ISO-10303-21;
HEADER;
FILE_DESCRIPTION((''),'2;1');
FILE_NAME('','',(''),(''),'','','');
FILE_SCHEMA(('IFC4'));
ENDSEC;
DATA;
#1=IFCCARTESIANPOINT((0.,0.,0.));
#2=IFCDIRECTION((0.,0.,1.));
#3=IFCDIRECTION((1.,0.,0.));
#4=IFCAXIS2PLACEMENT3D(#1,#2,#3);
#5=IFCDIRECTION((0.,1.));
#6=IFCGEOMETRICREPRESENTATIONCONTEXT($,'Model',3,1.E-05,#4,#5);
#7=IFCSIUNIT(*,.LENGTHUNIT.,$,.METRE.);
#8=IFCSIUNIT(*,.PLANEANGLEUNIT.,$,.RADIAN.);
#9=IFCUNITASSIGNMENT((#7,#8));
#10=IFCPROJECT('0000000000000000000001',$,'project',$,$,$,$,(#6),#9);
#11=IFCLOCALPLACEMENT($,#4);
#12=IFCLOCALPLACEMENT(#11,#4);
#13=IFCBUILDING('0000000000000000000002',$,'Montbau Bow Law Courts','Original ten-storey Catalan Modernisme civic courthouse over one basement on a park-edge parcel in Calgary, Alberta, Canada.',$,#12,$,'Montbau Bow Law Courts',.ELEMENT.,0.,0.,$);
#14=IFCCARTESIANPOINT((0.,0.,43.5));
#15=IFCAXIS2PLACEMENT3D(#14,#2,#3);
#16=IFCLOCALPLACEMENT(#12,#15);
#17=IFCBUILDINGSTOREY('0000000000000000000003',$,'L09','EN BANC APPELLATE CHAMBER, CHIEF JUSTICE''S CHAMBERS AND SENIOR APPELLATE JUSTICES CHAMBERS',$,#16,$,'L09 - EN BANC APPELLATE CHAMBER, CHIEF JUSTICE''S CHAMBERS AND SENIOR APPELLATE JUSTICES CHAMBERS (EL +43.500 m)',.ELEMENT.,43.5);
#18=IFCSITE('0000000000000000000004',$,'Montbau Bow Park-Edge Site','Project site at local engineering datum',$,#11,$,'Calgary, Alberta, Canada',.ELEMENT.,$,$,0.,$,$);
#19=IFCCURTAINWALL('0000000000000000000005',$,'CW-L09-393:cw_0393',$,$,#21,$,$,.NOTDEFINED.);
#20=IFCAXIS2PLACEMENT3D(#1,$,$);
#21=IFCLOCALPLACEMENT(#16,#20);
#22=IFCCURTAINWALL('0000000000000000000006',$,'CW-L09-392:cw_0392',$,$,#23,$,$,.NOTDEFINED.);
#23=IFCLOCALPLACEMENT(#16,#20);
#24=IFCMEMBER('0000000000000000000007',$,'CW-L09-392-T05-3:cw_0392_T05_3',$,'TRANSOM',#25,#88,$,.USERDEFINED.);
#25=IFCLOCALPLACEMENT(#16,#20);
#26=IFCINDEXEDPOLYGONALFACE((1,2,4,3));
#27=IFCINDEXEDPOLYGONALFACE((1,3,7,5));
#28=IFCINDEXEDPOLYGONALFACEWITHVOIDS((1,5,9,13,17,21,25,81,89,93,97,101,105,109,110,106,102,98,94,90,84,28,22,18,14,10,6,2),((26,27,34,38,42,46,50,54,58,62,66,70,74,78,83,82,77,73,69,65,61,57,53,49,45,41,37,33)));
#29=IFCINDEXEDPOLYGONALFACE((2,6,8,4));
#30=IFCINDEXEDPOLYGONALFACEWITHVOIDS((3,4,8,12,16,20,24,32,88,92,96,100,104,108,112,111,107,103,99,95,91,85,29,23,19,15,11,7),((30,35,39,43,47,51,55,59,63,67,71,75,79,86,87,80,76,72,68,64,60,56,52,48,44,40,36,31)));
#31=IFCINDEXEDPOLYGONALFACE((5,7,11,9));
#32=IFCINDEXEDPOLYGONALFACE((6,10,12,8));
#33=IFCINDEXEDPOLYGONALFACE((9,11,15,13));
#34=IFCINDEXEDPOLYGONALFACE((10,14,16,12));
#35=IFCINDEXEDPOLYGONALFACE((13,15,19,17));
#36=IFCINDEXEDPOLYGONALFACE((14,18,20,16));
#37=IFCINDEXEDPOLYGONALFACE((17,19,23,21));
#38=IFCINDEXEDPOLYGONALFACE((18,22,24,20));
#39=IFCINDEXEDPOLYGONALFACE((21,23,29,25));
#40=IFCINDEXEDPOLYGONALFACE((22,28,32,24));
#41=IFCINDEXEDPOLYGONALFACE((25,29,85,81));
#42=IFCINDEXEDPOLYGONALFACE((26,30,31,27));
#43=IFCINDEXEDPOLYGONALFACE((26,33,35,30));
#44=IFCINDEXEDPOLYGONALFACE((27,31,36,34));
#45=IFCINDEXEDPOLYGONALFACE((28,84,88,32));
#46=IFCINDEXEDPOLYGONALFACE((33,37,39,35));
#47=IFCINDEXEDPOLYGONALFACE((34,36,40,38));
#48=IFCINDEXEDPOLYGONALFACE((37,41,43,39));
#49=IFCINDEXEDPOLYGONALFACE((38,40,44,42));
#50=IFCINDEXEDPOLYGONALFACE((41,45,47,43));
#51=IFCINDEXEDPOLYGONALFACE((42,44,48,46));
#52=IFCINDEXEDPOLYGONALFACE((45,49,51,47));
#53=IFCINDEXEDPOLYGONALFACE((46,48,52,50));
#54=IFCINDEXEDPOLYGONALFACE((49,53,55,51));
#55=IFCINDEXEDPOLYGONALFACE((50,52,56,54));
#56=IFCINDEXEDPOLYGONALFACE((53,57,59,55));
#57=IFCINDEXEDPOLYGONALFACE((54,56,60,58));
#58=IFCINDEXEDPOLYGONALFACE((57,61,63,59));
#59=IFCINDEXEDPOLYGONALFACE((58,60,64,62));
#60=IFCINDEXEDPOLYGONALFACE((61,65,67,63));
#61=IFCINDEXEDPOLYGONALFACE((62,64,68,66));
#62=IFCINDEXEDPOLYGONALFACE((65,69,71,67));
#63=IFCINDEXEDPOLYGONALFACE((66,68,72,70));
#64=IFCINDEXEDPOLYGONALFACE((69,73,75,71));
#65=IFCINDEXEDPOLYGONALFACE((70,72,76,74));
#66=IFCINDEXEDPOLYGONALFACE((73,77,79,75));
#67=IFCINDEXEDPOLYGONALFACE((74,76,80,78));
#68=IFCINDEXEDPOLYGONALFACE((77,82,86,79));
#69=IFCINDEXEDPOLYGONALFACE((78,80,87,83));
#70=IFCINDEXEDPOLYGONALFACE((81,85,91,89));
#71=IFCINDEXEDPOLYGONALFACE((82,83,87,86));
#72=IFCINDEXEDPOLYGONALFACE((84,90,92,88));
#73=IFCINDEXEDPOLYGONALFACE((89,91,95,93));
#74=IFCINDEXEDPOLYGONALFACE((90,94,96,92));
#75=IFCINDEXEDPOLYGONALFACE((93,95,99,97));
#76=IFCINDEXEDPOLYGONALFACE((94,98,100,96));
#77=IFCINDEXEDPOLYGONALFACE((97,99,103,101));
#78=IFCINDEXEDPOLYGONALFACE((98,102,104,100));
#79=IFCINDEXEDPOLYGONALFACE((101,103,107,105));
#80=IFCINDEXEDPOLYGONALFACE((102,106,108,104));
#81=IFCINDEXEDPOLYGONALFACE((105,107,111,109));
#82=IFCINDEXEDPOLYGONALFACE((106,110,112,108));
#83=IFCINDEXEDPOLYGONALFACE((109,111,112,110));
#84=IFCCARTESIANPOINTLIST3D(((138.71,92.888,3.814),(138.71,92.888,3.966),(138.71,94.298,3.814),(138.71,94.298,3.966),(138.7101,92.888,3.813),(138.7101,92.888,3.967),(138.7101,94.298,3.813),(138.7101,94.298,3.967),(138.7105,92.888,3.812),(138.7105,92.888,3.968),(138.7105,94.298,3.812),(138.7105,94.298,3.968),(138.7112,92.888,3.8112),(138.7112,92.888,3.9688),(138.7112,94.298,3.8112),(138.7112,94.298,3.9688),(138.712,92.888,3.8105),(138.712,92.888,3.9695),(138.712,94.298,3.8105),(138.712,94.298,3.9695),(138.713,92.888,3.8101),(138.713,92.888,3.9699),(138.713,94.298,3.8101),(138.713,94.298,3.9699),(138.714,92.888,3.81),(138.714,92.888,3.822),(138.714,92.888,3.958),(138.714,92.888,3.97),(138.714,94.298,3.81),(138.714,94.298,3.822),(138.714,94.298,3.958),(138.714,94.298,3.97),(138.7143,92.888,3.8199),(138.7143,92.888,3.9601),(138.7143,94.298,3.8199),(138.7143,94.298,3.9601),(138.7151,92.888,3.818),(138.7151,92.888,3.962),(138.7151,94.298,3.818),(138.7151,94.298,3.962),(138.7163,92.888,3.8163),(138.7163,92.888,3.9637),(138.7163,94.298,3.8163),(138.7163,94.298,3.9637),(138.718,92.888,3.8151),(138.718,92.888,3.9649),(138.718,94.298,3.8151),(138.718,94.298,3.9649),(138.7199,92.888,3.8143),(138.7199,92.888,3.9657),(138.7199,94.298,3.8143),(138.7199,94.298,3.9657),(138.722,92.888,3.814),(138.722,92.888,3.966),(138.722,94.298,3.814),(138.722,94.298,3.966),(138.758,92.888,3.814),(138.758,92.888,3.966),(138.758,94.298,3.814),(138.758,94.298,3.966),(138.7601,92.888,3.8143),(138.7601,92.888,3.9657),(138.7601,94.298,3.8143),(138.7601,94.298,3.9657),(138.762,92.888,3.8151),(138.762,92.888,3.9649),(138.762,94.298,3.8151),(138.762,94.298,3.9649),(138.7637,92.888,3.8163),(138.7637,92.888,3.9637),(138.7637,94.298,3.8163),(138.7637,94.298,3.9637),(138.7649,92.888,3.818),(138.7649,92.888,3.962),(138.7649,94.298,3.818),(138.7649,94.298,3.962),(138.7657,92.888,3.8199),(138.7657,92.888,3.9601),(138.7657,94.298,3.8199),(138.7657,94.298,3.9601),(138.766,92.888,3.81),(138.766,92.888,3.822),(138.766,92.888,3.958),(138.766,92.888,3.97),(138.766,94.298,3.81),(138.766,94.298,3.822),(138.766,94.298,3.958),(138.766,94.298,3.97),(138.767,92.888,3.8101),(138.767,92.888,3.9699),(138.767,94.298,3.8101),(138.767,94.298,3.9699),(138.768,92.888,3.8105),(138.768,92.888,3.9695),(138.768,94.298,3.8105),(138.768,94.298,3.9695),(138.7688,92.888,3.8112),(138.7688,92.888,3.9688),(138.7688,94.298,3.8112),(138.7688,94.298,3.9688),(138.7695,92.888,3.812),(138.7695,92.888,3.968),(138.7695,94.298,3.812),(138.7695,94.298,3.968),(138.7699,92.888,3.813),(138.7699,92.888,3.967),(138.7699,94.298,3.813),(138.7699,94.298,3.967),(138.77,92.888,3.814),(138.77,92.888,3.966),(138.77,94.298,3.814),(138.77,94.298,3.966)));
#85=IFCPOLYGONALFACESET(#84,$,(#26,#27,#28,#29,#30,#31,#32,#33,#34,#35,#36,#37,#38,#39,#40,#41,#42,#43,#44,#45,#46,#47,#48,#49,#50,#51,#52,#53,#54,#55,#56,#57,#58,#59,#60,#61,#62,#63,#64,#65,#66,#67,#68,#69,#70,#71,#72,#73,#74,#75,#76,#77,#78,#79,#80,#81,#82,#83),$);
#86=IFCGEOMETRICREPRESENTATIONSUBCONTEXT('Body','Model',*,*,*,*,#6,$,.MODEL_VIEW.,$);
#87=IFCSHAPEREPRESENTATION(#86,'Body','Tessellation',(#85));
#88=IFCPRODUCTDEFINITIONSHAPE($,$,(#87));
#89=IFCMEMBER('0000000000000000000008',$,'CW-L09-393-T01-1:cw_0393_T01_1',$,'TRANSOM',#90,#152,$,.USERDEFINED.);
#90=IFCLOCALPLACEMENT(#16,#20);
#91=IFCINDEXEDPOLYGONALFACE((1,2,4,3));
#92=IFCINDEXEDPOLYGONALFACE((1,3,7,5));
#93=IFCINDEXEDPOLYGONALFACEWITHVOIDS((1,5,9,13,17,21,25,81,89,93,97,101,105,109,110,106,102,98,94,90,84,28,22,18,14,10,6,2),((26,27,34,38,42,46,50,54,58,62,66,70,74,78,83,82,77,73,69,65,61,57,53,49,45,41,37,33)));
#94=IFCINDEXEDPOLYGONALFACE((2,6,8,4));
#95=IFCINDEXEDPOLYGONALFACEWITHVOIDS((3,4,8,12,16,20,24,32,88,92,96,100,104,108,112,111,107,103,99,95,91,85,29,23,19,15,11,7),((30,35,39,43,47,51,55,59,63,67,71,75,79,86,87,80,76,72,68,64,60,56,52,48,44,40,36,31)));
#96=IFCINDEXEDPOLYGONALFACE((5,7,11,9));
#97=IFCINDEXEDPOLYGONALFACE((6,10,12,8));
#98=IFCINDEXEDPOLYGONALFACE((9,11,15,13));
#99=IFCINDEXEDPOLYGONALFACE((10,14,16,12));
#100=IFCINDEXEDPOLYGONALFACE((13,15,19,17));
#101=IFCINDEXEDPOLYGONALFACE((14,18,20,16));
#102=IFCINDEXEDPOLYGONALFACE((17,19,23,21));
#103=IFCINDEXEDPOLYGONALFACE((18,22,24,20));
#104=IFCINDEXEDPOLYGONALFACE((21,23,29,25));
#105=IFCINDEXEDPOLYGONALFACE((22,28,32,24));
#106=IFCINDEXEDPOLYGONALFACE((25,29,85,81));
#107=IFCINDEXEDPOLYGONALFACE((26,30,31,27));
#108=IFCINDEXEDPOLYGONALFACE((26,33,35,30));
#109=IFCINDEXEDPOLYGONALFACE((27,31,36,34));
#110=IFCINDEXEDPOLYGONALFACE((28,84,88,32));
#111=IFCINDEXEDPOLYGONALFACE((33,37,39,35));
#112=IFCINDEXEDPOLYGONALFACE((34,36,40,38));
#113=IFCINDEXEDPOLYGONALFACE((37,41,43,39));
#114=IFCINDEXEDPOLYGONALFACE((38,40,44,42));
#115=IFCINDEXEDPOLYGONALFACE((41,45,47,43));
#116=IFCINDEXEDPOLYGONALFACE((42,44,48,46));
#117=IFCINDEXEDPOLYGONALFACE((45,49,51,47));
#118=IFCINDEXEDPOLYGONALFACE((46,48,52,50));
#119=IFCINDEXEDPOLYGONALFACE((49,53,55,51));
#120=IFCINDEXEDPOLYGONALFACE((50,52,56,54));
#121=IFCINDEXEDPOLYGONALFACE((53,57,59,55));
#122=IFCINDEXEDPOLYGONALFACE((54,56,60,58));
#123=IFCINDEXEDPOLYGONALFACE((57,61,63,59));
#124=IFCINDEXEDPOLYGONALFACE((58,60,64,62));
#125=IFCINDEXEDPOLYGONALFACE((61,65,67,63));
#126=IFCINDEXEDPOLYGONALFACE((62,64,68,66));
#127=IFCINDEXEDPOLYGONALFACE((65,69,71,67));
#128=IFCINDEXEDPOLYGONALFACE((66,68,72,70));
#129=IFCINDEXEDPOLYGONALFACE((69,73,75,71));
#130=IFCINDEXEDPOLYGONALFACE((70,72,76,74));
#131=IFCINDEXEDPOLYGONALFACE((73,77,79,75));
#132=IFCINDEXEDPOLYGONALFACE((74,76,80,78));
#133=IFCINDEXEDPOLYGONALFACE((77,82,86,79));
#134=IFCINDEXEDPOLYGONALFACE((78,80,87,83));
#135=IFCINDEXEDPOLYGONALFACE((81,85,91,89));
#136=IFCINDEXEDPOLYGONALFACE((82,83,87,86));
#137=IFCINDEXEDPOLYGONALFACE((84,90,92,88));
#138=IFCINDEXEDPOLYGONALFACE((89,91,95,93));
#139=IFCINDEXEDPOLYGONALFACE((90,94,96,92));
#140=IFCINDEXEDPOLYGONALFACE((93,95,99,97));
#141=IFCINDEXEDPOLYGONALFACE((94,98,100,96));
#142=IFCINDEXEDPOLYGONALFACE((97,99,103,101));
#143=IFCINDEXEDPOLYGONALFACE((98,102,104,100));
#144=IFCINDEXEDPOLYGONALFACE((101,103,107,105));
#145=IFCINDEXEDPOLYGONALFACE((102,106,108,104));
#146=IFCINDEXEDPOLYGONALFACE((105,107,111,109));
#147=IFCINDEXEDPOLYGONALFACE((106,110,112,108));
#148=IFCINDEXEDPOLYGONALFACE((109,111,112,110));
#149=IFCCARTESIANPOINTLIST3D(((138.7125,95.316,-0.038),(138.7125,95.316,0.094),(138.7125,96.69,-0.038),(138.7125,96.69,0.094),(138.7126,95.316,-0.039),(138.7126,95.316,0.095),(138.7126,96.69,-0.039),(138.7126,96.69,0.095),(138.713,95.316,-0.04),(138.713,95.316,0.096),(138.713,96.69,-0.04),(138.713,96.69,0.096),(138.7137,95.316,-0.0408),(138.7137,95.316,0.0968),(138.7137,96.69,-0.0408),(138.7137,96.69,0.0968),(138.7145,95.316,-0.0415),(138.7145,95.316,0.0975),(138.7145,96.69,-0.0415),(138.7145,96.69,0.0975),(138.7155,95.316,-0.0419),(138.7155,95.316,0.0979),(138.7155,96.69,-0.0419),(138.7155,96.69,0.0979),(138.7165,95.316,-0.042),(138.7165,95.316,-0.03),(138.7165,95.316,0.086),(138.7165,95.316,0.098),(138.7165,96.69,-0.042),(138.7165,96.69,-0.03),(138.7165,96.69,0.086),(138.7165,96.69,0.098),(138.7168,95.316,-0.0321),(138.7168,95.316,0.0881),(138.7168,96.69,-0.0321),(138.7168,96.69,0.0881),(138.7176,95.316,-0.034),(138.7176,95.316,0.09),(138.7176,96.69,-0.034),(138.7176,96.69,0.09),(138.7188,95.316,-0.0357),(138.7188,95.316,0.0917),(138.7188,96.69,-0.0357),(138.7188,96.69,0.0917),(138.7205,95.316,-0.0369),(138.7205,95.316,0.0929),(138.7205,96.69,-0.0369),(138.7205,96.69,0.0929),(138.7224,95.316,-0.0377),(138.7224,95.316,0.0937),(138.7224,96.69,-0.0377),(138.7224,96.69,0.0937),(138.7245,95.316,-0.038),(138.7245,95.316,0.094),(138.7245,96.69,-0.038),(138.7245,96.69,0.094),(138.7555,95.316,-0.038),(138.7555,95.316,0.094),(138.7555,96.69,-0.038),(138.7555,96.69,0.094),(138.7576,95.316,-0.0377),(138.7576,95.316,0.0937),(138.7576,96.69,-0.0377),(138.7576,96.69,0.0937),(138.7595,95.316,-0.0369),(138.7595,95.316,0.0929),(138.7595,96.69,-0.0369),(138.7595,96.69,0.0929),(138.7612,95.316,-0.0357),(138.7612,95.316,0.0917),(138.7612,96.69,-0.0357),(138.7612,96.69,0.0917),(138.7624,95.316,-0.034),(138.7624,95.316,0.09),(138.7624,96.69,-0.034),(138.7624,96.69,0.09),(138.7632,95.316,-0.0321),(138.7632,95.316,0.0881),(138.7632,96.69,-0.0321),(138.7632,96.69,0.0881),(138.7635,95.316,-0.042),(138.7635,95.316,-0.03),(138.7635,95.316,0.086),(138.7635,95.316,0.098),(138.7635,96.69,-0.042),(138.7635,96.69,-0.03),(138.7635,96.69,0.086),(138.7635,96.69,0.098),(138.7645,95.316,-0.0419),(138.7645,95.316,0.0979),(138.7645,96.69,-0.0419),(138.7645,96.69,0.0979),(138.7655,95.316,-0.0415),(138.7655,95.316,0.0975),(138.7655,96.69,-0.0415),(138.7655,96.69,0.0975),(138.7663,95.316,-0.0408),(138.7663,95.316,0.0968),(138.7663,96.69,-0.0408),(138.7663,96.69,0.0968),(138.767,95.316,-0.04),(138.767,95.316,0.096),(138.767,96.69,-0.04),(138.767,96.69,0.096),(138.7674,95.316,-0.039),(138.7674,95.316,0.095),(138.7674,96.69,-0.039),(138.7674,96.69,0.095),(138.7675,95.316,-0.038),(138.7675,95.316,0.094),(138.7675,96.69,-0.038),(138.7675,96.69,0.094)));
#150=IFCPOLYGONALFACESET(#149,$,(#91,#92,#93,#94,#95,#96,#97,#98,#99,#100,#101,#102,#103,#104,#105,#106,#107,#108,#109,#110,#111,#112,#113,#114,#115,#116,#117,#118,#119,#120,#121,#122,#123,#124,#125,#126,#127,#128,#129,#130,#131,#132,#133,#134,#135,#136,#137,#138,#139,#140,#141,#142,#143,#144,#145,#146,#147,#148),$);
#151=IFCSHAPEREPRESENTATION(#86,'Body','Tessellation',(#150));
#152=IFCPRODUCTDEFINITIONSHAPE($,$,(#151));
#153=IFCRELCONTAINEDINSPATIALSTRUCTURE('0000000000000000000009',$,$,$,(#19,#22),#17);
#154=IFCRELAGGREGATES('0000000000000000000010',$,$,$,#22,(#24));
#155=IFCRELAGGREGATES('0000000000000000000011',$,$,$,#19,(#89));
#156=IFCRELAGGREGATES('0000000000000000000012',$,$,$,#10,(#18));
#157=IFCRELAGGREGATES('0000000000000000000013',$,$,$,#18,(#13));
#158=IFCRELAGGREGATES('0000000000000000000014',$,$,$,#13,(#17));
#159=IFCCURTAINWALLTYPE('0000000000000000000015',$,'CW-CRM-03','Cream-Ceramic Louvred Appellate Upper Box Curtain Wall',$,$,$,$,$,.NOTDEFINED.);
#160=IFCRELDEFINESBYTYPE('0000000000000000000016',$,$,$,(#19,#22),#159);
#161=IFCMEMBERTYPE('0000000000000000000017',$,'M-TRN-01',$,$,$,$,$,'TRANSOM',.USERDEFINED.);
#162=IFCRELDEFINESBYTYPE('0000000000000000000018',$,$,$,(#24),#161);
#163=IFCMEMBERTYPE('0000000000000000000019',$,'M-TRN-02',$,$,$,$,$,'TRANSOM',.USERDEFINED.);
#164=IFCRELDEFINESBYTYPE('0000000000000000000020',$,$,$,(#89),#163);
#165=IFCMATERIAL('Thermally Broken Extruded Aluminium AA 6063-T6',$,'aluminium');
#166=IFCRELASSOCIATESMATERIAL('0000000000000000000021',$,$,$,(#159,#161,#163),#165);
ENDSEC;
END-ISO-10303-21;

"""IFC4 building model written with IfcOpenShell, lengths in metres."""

from ifc_helpers import new_model, si_unit, direction, frame, origin_with_axes, origin_2d_with_axis, place, context, subcontext, project, spatial, hollow_rectangle, extrude, material, material_profile, profile_set, type_object, element, aggregate, save


model = new_model("IFC4")

# Units and contexts
model_context = context("Model", 3, precision=1e-05, world=origin_with_axes(), true_north=direction((0.0, 1.0)))
body_context = subcontext(model_context, "Body", "Model", "MODEL_VIEW")
ifc_project = project(units=[si_unit("LENGTHUNIT", "METRE"), si_unit("PLANEANGLEUNIT", "RADIAN")], contexts=[model_context])

# Site, building, storey
site_placement = place(None, origin_with_axes())
site = spatial("IfcSite", under=ifc_project, at=site_placement, Name="Montbau Bow Park-Edge Site", Description="Project site at local engineering datum", LongName="Calgary, Alberta, Canada", CompositionType="ELEMENT", RefElevation=0.0)
building_placement = place(site_placement, origin_with_axes())
building = spatial("IfcBuilding", under=site, at=building_placement, Name="Montbau Bow Law Courts", Description="Original ten-storey Catalan Modernisme civic courthouse over one basement on a park-edge parcel in Calgary, Alberta, Canada.", LongName="Montbau Bow Law Courts", CompositionType="ELEMENT", ElevationOfRefHeight=0.0, ElevationOfTerrain=0.0)
storey_placement = place(building_placement, frame((0.0, 0.0, 43.5), z_axis=(0.0, 0.0, 1.0), x_axis=(1.0, 0.0, 0.0)))
storey = spatial("IfcBuildingStorey", under=building, at=storey_placement, Name="L09", Description="EN BANC APPELLATE CHAMBER, CHIEF JUSTICE'S CHAMBERS AND SENIOR APPELLATE JUSTICES CHAMBERS", LongName="L09 - EN BANC APPELLATE CHAMBER, CHIEF JUSTICE'S CHAMBERS AND SENIOR APPELLATE JUSTICES CHAMBERS (EL +43.500 m)", CompositionType="ELEMENT", Elevation=43.5)

# Curtain wall
ifc_material_1 = material(Name="Thermally Broken Extruded Aluminium AA 6063-T6", Category="aluminium")
curtain_wall_type = type_object("IfcCurtainWallType", Name="CW-CRM-03", Description="Cream-Ceramic Louvred Appellate Upper Box Curtain Wall", PredefinedType="NOTDEFINED", material=ifc_material_1)
curtain_wall_1_placement = place(None, frame((138.74, 95.24, 43.5), z_axis=(0.0, 0.0, 1.0), x_axis=(1.0, 0.0, 0.0)))
curtain_wall_1 = element("IfcCurtainWall", 1, at=curtain_wall_1_placement, inside=storey, type_object=curtain_wall_type, Name="CW-L09-393:cw_0393", PredefinedType="NOTDEFINED")

# Curtain wall, member
ifc_material_profile_1 = material_profile(ifc_material_1, hollow_rectangle(XDim=0.06, YDim=0.16, WallThickness=0.004, InnerFilletRadius=0.008, OuterFilletRadius=0.004, at=origin_2d_with_axis()), Name="CWT-160X60", Category="Main", Priority=0)
ifc_profile_set_1 = profile_set([ifc_material_profile_1], Name="Thermally Broken Extruded Aluminium AA 6063-T6")
member_type_1 = type_object("IfcMemberType", Name="M-TRN-01", ElementType="TRANSOM", PredefinedType="USERDEFINED", material=ifc_profile_set_1)
curtain_wall_2_placement = place(None, frame((138.74, 86.84, 43.5), z_axis=(0.0, 0.0, 1.0), x_axis=(1.0, 0.0, 0.0)))
curtain_wall_2 = element("IfcCurtainWall", 2, at=curtain_wall_2_placement, inside=storey, type_object=curtain_wall_type, Name="CW-L09-392:cw_0392", PredefinedType="NOTDEFINED")
member_1_placement = place(None, frame((138.74, 92.888, 47.39), z_axis=(0.0, 1.0, 0.0), x_axis=(-1.0, 0.0, 0.0)))
member_1 = element("IfcMember", 3, at=member_1_placement, type_object=member_type_1, Name="CW-L09-392-T05-3:cw_0392_T05_3", ObjectType="TRANSOM", PredefinedType="USERDEFINED", context=body_context, shape_type="SweptSolid", body=[
    extrude(hollow_rectangle(XDim=0.06, YDim=0.16, WallThickness=0.004, InnerFilletRadius=0.008, OuterFilletRadius=0.004, at=origin_2d_with_axis()), origin_with_axes(), (0.0, 0.0, 1.0), 1.41),
])
aggregate(curtain_wall_2, [member_1])

# Member
ifc_material_profile_2 = material_profile(ifc_material_1, hollow_rectangle(XDim=0.055, YDim=0.14, WallThickness=0.004, InnerFilletRadius=0.008, OuterFilletRadius=0.004, at=origin_2d_with_axis()), Name="CWT-140X55", Category="Main", Priority=0)
ifc_profile_set_2 = profile_set([ifc_material_profile_2], Name="Thermally Broken Extruded Aluminium AA 6063-T6")
member_type_2 = type_object("IfcMemberType", Name="M-TRN-02", ElementType="TRANSOM", PredefinedType="USERDEFINED", material=ifc_profile_set_2)
member_2_placement = place(None, frame((138.74, 95.316, 43.528), z_axis=(0.0, 1.0, 0.0), x_axis=(-1.0, 0.0, 0.0)))
member_2 = element("IfcMember", 4, at=member_2_placement, type_object=member_type_2, Name="CW-L09-393-T01-1:cw_0393_T01_1", ObjectType="TRANSOM", PredefinedType="USERDEFINED", context=body_context, shape_type="SweptSolid", body=[
    extrude(hollow_rectangle(XDim=0.055, YDim=0.14, WallThickness=0.004, InnerFilletRadius=0.008, OuterFilletRadius=0.004, at=origin_2d_with_axis()), origin_with_axes(), (0.0, 0.0, 1.0), 1.374),
])

aggregate(curtain_wall_1, [member_2])

save(model, "model.ifc")
